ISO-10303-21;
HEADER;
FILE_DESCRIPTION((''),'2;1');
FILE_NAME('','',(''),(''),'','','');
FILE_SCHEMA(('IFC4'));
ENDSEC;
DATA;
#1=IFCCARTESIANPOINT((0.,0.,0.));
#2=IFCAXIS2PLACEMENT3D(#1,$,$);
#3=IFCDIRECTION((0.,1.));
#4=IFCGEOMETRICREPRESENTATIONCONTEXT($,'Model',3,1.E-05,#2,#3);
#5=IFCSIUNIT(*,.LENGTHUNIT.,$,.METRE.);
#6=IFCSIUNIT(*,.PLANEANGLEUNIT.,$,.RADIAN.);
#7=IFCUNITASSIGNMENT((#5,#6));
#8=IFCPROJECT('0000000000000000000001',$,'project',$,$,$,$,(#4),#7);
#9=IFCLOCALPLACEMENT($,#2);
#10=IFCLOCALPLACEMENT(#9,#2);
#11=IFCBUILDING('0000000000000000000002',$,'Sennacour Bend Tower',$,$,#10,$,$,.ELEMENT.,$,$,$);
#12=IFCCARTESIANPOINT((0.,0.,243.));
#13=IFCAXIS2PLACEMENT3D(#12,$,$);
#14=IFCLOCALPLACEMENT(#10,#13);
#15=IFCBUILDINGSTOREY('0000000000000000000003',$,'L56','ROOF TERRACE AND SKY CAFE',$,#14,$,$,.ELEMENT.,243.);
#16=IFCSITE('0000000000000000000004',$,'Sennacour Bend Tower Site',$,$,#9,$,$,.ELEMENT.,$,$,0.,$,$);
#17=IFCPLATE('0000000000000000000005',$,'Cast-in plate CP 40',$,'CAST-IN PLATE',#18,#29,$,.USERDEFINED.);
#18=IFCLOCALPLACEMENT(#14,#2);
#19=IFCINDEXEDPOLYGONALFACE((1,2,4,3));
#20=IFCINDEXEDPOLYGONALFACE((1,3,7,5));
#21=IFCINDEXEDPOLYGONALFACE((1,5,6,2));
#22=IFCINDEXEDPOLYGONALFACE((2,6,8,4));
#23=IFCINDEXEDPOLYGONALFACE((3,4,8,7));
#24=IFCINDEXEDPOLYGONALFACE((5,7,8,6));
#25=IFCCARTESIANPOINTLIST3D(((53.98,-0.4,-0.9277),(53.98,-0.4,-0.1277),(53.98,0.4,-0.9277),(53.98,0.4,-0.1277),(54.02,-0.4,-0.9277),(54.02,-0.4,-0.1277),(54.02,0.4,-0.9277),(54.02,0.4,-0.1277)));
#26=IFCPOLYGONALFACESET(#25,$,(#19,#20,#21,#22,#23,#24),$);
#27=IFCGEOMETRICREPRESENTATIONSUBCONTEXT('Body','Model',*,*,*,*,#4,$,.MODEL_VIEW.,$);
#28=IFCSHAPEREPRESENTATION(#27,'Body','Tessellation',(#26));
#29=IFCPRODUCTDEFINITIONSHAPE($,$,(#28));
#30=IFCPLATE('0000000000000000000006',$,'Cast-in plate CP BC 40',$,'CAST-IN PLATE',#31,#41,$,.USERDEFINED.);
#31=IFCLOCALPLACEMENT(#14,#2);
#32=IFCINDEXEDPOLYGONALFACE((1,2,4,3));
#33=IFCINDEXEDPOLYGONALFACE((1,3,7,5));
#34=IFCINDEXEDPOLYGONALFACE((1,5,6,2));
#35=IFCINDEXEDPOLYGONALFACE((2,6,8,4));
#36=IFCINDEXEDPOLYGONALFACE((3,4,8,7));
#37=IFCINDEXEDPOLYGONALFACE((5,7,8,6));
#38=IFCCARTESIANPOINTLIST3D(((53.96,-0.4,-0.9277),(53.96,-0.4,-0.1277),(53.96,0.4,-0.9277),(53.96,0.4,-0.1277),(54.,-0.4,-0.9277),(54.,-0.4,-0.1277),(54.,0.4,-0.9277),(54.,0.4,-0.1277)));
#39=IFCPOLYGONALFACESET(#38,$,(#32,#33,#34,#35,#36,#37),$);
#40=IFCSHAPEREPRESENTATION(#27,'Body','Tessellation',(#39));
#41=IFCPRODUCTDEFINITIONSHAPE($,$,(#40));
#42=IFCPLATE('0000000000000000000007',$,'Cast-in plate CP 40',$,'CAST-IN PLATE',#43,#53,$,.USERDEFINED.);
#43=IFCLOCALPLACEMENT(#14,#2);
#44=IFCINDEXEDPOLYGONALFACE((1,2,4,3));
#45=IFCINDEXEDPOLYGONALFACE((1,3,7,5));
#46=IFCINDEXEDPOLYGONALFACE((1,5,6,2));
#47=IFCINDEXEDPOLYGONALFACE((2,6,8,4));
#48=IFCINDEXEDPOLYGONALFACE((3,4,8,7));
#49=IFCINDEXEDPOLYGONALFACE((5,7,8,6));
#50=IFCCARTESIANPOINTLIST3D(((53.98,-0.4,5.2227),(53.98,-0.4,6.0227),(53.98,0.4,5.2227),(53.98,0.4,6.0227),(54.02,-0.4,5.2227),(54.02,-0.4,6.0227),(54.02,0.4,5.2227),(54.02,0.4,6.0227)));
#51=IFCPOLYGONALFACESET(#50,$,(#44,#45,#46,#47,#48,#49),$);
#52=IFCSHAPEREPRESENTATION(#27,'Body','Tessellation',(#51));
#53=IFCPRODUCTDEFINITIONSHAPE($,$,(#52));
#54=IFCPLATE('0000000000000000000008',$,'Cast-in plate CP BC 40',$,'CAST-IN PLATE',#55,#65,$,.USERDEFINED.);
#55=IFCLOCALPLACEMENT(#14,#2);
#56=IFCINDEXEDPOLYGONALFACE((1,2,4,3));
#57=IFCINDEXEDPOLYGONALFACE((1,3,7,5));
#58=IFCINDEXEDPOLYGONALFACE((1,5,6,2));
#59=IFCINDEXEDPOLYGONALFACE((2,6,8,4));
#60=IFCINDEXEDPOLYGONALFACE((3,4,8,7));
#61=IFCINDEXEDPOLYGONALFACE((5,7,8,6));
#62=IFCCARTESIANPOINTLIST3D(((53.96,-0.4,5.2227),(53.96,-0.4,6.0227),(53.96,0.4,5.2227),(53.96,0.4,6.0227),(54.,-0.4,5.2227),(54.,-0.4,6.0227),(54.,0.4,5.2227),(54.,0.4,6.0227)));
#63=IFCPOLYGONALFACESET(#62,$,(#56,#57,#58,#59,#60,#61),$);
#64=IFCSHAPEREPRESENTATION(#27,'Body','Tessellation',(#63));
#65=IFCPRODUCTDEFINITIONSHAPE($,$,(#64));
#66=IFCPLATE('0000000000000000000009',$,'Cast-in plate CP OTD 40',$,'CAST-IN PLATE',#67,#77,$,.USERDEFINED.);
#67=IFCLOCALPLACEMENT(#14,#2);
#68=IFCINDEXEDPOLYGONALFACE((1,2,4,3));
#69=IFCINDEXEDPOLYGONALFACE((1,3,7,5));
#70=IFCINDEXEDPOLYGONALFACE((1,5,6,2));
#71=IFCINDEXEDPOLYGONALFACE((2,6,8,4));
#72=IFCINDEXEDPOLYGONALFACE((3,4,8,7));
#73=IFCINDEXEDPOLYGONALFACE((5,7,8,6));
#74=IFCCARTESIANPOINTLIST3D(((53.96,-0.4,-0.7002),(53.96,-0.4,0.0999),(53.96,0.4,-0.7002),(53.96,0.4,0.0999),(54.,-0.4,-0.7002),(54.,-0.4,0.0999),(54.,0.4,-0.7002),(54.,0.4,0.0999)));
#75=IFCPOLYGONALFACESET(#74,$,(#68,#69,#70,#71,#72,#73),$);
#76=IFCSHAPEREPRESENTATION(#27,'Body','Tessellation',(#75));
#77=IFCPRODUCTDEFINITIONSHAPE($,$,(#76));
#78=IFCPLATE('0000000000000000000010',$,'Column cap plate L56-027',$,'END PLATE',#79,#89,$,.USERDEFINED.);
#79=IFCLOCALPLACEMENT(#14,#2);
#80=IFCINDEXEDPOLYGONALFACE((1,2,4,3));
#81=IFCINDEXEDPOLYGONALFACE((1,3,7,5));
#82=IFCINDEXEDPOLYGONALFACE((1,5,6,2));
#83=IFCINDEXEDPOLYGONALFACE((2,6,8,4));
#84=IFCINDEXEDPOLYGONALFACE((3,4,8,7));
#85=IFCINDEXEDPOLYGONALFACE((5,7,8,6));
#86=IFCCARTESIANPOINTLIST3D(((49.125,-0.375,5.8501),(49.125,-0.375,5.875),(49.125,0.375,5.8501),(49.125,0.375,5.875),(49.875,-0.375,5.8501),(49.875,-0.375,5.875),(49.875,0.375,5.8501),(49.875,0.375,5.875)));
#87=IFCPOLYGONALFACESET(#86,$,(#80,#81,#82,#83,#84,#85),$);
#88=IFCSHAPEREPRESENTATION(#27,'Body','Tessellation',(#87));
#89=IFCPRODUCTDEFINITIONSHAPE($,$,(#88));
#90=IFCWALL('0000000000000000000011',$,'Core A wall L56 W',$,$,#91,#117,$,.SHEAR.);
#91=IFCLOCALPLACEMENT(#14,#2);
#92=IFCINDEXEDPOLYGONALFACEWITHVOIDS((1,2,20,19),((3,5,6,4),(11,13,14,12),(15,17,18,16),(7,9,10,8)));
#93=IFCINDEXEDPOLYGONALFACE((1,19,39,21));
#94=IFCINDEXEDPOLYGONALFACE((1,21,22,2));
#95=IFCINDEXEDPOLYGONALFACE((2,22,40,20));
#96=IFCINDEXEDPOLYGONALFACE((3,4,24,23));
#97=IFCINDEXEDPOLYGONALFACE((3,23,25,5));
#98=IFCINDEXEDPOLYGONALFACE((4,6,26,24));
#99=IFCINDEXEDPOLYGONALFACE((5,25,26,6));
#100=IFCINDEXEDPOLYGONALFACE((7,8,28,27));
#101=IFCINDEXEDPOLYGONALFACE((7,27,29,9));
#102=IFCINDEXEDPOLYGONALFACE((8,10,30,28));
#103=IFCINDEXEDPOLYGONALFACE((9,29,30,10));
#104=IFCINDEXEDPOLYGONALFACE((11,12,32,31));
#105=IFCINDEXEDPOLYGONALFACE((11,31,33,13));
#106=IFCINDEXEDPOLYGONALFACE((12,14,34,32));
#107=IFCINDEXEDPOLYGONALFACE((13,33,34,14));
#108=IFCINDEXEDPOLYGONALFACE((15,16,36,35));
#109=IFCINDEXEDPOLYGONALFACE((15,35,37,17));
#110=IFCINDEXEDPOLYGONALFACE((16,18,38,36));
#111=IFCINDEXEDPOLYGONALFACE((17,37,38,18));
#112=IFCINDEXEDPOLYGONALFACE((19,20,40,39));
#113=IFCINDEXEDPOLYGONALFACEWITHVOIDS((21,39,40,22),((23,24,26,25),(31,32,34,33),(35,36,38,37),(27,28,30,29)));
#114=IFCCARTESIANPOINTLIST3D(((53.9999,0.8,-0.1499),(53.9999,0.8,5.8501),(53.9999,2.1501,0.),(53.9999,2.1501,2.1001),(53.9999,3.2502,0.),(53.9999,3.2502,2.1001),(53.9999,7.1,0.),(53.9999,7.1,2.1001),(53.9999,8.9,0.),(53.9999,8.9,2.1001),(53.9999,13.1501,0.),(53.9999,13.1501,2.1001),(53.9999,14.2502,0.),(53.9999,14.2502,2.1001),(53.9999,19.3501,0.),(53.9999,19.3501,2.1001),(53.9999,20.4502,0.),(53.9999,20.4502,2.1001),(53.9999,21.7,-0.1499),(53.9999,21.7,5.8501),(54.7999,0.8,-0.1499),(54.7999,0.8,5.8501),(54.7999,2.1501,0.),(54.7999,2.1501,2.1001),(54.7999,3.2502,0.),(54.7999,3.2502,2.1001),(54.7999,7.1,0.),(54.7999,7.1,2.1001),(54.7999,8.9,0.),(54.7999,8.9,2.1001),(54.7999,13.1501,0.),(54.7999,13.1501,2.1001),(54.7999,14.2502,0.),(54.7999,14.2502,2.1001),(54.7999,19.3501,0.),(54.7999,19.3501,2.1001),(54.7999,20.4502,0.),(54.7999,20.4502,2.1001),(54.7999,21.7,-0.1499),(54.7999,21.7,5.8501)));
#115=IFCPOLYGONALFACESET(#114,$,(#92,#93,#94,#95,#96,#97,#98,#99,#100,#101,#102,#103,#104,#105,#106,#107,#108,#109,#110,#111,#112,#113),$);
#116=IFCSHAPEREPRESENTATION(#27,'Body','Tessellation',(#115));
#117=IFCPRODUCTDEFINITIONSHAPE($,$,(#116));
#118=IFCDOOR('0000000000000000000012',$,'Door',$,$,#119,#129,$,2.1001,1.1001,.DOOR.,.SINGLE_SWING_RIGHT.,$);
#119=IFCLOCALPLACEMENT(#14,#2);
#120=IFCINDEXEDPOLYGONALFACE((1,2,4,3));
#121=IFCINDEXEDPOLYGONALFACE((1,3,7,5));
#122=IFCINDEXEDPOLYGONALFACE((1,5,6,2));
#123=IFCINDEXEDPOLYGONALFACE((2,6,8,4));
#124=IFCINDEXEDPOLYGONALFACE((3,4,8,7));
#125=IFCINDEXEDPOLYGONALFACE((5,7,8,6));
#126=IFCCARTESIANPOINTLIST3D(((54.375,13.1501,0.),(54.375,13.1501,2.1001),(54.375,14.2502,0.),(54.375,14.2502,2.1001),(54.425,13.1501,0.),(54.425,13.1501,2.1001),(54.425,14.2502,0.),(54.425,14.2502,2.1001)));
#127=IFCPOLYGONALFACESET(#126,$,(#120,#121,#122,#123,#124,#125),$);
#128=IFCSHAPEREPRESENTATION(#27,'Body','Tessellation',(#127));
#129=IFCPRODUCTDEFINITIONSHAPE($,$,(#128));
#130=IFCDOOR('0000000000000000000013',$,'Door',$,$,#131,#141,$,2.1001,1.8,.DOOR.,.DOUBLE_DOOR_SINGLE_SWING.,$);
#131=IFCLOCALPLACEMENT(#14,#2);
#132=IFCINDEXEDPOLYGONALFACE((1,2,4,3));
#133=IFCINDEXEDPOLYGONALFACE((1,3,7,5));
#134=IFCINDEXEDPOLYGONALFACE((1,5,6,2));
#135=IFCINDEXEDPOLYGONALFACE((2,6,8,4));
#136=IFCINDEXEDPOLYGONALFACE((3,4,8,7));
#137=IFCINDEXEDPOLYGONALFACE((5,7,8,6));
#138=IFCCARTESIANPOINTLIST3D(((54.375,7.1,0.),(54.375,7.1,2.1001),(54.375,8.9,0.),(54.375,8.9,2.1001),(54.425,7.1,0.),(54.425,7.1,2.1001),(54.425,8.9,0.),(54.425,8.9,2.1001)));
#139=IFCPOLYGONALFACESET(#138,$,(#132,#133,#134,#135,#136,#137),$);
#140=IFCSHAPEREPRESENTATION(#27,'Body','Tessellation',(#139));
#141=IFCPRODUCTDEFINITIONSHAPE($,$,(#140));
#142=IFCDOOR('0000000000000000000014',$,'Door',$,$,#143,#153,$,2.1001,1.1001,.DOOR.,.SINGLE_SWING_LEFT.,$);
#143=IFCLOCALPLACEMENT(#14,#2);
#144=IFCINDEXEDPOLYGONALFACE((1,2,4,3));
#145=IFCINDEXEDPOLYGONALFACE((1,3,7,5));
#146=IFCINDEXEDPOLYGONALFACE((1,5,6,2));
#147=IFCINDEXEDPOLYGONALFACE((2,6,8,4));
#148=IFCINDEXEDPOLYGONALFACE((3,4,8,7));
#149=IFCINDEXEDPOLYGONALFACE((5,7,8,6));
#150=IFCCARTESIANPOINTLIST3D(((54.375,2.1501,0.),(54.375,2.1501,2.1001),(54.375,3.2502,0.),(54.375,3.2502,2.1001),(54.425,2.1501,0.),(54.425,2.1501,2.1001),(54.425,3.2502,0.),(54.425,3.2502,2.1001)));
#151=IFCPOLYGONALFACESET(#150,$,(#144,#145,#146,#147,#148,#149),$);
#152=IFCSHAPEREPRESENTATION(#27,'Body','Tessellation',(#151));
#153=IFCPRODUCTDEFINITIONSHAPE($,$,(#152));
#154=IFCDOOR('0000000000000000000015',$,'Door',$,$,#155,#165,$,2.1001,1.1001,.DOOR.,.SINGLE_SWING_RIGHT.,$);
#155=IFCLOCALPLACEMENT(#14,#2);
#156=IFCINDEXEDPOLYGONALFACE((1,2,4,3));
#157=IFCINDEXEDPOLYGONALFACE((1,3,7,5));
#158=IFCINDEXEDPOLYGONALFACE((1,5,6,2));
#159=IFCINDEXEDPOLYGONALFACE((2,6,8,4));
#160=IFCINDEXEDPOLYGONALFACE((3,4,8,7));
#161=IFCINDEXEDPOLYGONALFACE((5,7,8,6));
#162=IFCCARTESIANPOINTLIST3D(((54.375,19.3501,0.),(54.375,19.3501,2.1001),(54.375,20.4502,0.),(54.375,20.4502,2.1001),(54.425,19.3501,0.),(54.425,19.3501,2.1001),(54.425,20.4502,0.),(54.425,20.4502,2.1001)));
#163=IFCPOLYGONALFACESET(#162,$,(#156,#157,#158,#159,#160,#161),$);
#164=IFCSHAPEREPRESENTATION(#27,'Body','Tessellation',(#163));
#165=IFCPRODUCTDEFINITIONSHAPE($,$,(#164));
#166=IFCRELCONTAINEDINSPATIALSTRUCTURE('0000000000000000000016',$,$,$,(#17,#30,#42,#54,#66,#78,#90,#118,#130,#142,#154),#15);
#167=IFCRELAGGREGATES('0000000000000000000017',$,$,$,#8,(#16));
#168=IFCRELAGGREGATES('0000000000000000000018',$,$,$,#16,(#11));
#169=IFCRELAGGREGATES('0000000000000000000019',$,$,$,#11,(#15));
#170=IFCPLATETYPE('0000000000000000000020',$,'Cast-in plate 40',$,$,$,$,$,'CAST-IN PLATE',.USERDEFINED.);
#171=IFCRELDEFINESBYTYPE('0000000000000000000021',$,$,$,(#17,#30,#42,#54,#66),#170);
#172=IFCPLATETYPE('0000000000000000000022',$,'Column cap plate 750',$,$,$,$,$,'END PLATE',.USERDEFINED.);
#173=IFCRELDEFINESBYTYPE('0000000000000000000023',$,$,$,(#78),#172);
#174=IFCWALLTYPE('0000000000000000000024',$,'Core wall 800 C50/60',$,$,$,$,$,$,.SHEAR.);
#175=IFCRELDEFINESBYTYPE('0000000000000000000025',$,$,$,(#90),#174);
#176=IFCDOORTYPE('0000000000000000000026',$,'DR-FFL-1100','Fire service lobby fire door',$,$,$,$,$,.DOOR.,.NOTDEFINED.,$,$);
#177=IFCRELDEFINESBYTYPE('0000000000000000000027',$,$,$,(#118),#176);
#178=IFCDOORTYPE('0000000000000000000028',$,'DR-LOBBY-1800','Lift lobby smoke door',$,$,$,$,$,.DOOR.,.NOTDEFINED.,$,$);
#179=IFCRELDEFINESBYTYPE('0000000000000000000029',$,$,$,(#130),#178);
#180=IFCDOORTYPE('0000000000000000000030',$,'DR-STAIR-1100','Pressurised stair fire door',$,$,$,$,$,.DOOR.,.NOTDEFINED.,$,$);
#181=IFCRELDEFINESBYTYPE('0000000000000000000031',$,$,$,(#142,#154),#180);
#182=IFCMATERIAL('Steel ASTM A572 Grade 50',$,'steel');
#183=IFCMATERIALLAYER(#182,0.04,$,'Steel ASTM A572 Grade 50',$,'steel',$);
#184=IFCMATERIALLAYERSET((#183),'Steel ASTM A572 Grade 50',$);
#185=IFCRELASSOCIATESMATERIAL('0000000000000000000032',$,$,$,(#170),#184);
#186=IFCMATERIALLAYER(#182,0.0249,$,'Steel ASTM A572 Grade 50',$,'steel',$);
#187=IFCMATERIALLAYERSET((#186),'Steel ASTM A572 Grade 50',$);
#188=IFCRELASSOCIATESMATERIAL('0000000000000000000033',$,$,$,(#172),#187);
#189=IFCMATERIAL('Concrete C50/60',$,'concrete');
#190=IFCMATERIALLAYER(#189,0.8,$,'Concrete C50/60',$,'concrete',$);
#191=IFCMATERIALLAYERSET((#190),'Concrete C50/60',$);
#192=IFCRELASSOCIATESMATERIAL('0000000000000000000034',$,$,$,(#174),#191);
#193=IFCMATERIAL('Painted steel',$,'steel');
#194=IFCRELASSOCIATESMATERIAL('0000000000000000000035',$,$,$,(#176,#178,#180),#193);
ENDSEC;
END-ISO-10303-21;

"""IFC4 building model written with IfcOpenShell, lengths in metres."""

from ifc_helpers import new_model, si_unit, direction, frame, frame_2d, origin, origin_2d, place, context, subcontext, project, spatial, rectangle, extrude, material, layer, layer_set, type_object, element, fill, save


model = new_model("IFC4")

# Units and contexts
model_context = context("Model", 3, precision=1e-05, world=origin(), true_north=direction((0.0, 1.0)))
body_context = subcontext(model_context, "Body", "Model", "MODEL_VIEW")
ifc_project = project(units=[si_unit("LENGTHUNIT", "METRE"), si_unit("PLANEANGLEUNIT", "RADIAN")], contexts=[model_context])

# Site, building, storey
site_placement = place(None, origin())
site = spatial("IfcSite", under=ifc_project, at=site_placement, Name="Sennacour Bend Tower Site", CompositionType="ELEMENT", RefElevation=0.0)
building_placement = place(site_placement, origin())
building = spatial("IfcBuilding", under=site, at=building_placement, Name="Sennacour Bend Tower", CompositionType="ELEMENT")
storey_placement = place(building_placement, frame((0.0, 0.0, 243.0)))
storey = spatial("IfcBuildingStorey", under=building, at=storey_placement, Name="L56", Description="ROOF TERRACE AND SKY CAFE", CompositionType="ELEMENT", Elevation=243.0)

# Shared definitions
ifc_material_1 = material(Name="Steel ASTM A572 Grade 50", Category="steel")

# Plates
ifc_layer_1 = layer(ifc_material_1, 0.04, Name="Steel ASTM A572 Grade 50", Category="steel")
ifc_layer_set_1 = layer_set([ifc_layer_1], Name="Steel ASTM A572 Grade 50")
plate_type_1 = type_object("IfcPlateType", Name="Cast-in plate 40", ElementType="CAST-IN PLATE", PredefinedType="USERDEFINED", material=ifc_layer_set_1)
for number, where, z_axis, x_axis, name in (
    (1, (54.0, 0.0, -0.9277), (0.0, 0.0, 1.0), (1.0, 0.0, 0.0), "Cast-in plate CP 40"),
    (2, (53.98, 0.0, -0.9277), (0.0, 0.0, 1.0), (1.0, 0.0, 0.0), "Cast-in plate CP BC 40"),
    (3, (54.0, 0.0, 5.2227), (0.0, 0.0, 1.0), (1.0, 0.0, 0.0), "Cast-in plate CP 40"),
    (4, (53.98, 0.0, 5.2227), (0.0, 0.0, 1.0), (1.0, 0.0, 0.0), "Cast-in plate CP BC 40"),
    (5, (53.98, 0.0, -0.7002), (0.0, 0.0, 1.0), (1.0, 0.0, 0.0), "Cast-in plate CP OTD 40"),
):
    element("IfcPlate", number, at=place(storey_placement, frame(where, z_axis=z_axis, x_axis=x_axis)), inside=storey, type_object=plate_type_1, Name=name, ObjectType="CAST-IN PLATE", PredefinedType="USERDEFINED", context=body_context, shape_type="SweptSolid", body=[
        extrude(rectangle(XDim=0.04, YDim=0.8, at=origin_2d()), origin(), (0.0, 0.0, 1.0), 0.8),
    ])
ifc_layer_2 = layer(ifc_material_1, 0.0249, Name="Steel ASTM A572 Grade 50", Category="steel")
ifc_layer_set_2 = layer_set([ifc_layer_2], Name="Steel ASTM A572 Grade 50")
plate_type_2 = type_object("IfcPlateType", Name="Column cap plate 750", ElementType="END PLATE", PredefinedType="USERDEFINED", material=ifc_layer_set_2)
plate_placement = place(storey_placement, frame((49.5, 0.0, 5.8501), z_axis=(0.0, 0.0, 1.0), x_axis=(1.0, 0.0, 0.0)))
element("IfcPlate", 6, at=plate_placement, inside=storey, type_object=plate_type_2, Name="Column cap plate L56-027", ObjectType="END PLATE", PredefinedType="USERDEFINED", context=body_context, shape_type="SweptSolid", body=[
    extrude(rectangle(XDim=0.75, YDim=0.75, at=origin_2d()), origin(), (0.0, 0.0, 1.0), 0.0249),
])

# Wall, openings, doors
ifc_material_2 = material(Name="Concrete C50/60", Category="concrete")
ifc_layer_3 = layer(ifc_material_2, 0.8, Name="Concrete C50/60", Category="concrete")
ifc_layer_set_3 = layer_set([ifc_layer_3], Name="Concrete C50/60")
wall_type_1 = type_object("IfcWallType", Name="Core wall 800 C50/60", PredefinedType="SHEAR", material=ifc_layer_set_3)
wall_1_placement = place(storey_placement, frame((54.3999, 0.8, -0.1499), z_axis=(0.0, 0.0, 1.0), x_axis=(0.0, 1.0, 0.0)))
wall_1 = element("IfcWall", 7, at=wall_1_placement, inside=storey, type_object=wall_type_1, Name="Core A wall L56 W", PredefinedType="SHEAR", context=body_context, shape_type="SweptSolid", body=[
    extrude(rectangle(XDim=20.8999, YDim=0.8, at=frame_2d((10.45, 0.0))), origin(), (0.0, 0.0, 1.0), 6.0),
])
opening_1_placement = place(wall_1_placement, frame((6.3, 0.0, 0.1499)))
opening_1 = element("IfcOpeningElement", 8, at=opening_1_placement, cuts=wall_1, PredefinedType="OPENING", context=body_context, shape_type="SweptSolid", body=[
    extrude(rectangle(XDim=1.8, YDim=2.1001, at=frame_2d((0.8999, 1.05))), frame((0.0, 0.4102, 0.0), z_axis=(0.0, -1.0, 0.0), x_axis=(1.0, 0.0, 0.0)), (0.0, 0.0, 1.0), 0.8201),
])
opening_2_placement = place(wall_1_placement, frame((12.3501, 0.0, 0.1499)))
opening_2 = element("IfcOpeningElement", 9, at=opening_2_placement, cuts=wall_1, PredefinedType="OPENING", context=body_context, shape_type="SweptSolid", body=[
    extrude(rectangle(XDim=1.1001, YDim=2.1001, at=frame_2d((0.55, 1.05))), frame((0.0, 0.4102, 0.0), z_axis=(0.0, -1.0, 0.0), x_axis=(1.0, 0.0, 0.0)), (0.0, 0.0, 1.0), 0.8201),
])
opening_3_placement = place(wall_1_placement, frame((1.3501, 0.0, 0.1499)))
opening_3 = element("IfcOpeningElement", 10, at=opening_3_placement, cuts=wall_1, PredefinedType="OPENING", context=body_context, shape_type="SweptSolid", body=[
    extrude(rectangle(XDim=1.1001, YDim=2.1001, at=frame_2d((0.55, 1.05))), frame((0.0, 0.4102, 0.0), z_axis=(0.0, -1.0, 0.0), x_axis=(1.0, 0.0, 0.0)), (0.0, 0.0, 1.0), 0.8201),
])
opening_4_placement = place(wall_1_placement, frame((18.55, 0.0, 0.1499)))
opening_4 = element("IfcOpeningElement", 11, at=opening_4_placement, cuts=wall_1, PredefinedType="OPENING", context=body_context, shape_type="SweptSolid", body=[
    extrude(rectangle(XDim=1.1001, YDim=2.1001, at=frame_2d((0.55, 1.05))), frame((0.0, 0.4102, 0.0), z_axis=(0.0, -1.0, 0.0), x_axis=(1.0, 0.0, 0.0)), (0.0, 0.0, 1.0), 0.8201),
])
ifc_material_3 = material(Name="Painted steel", Category="steel")
door_type_1 = type_object("IfcDoorType", Name="DR-FFL-1100", Description="Fire service lobby fire door", OperationType="NOTDEFINED", PredefinedType="DOOR", material=ifc_material_3)
door_1_placement = place(opening_2_placement, origin())
door_1 = element("IfcDoor", 12, at=door_1_placement, inside=storey, type_object=door_type_1, Name="Door", OperationType="SINGLE_SWING_RIGHT", OverallHeight=2.1001, OverallWidth=1.1001, PredefinedType="DOOR", context=body_context, shape_type="SweptSolid", body=[
    extrude(rectangle(XDim=1.1001, YDim=2.1001, at=frame_2d((0.55, 1.05))), frame((0.0, 0.0249, 0.0), z_axis=(0.0, -1.0, 0.0), x_axis=(1.0, 0.0, 0.0)), (0.0, 0.0, 1.0), 0.05),
])
fill(opening_2, door_1)
door_type_2 = type_object("IfcDoorType", Name="DR-LOBBY-1800", Description="Lift lobby smoke door", OperationType="NOTDEFINED", PredefinedType="DOOR", material=ifc_material_3)
door_2_placement = place(opening_1_placement, origin())
door_2 = element("IfcDoor", 13, at=door_2_placement, inside=storey, type_object=door_type_2, Name="Door", OperationType="DOUBLE_DOOR_SINGLE_SWING", OverallHeight=2.1001, OverallWidth=1.8, PredefinedType="DOOR", context=body_context, shape_type="SweptSolid", body=[
    extrude(rectangle(XDim=1.8, YDim=2.1001, at=frame_2d((0.8999, 1.05))), frame((0.0, 0.0249, 0.0), z_axis=(0.0, -1.0, 0.0), x_axis=(1.0, 0.0, 0.0)), (0.0, 0.0, 1.0), 0.05),
])
fill(opening_1, door_2)
door_type_3 = type_object("IfcDoorType", Name="DR-STAIR-1100", Description="Pressurised stair fire door", OperationType="NOTDEFINED", PredefinedType="DOOR", material=ifc_material_3)
door_3_placement = place(opening_3_placement, origin())
door_3 = element("IfcDoor", 14, at=door_3_placement, inside=storey, type_object=door_type_3, Name="Door", OperationType="SINGLE_SWING_LEFT", OverallHeight=2.1001, OverallWidth=1.1001, PredefinedType="DOOR", context=body_context, shape_type="SweptSolid", body=[
    extrude(rectangle(XDim=1.1001, YDim=2.1001, at=frame_2d((0.55, 1.05))), frame((0.0, 0.0249, 0.0), z_axis=(0.0, -1.0, 0.0), x_axis=(1.0, 0.0, 0.0)), (0.0, 0.0, 1.0), 0.05),
])
fill(opening_3, door_3)
door_4_placement = place(opening_4_placement, origin())
door_4 = element("IfcDoor", 15, at=door_4_placement, inside=storey, type_object=door_type_3, Name="Door", OperationType="SINGLE_SWING_RIGHT", OverallHeight=2.1001, OverallWidth=1.1001, PredefinedType="DOOR", context=body_context, shape_type="SweptSolid", body=[
    extrude(rectangle(XDim=1.1001, YDim=2.1001, at=frame_2d((0.55, 1.05))), frame((0.0, 0.0249, 0.0), z_axis=(0.0, -1.0, 0.0), x_axis=(1.0, 0.0, 0.0)), (0.0, 0.0, 1.0), 0.05),
])
fill(opening_4, door_4)

save(model, "model.ifc")
